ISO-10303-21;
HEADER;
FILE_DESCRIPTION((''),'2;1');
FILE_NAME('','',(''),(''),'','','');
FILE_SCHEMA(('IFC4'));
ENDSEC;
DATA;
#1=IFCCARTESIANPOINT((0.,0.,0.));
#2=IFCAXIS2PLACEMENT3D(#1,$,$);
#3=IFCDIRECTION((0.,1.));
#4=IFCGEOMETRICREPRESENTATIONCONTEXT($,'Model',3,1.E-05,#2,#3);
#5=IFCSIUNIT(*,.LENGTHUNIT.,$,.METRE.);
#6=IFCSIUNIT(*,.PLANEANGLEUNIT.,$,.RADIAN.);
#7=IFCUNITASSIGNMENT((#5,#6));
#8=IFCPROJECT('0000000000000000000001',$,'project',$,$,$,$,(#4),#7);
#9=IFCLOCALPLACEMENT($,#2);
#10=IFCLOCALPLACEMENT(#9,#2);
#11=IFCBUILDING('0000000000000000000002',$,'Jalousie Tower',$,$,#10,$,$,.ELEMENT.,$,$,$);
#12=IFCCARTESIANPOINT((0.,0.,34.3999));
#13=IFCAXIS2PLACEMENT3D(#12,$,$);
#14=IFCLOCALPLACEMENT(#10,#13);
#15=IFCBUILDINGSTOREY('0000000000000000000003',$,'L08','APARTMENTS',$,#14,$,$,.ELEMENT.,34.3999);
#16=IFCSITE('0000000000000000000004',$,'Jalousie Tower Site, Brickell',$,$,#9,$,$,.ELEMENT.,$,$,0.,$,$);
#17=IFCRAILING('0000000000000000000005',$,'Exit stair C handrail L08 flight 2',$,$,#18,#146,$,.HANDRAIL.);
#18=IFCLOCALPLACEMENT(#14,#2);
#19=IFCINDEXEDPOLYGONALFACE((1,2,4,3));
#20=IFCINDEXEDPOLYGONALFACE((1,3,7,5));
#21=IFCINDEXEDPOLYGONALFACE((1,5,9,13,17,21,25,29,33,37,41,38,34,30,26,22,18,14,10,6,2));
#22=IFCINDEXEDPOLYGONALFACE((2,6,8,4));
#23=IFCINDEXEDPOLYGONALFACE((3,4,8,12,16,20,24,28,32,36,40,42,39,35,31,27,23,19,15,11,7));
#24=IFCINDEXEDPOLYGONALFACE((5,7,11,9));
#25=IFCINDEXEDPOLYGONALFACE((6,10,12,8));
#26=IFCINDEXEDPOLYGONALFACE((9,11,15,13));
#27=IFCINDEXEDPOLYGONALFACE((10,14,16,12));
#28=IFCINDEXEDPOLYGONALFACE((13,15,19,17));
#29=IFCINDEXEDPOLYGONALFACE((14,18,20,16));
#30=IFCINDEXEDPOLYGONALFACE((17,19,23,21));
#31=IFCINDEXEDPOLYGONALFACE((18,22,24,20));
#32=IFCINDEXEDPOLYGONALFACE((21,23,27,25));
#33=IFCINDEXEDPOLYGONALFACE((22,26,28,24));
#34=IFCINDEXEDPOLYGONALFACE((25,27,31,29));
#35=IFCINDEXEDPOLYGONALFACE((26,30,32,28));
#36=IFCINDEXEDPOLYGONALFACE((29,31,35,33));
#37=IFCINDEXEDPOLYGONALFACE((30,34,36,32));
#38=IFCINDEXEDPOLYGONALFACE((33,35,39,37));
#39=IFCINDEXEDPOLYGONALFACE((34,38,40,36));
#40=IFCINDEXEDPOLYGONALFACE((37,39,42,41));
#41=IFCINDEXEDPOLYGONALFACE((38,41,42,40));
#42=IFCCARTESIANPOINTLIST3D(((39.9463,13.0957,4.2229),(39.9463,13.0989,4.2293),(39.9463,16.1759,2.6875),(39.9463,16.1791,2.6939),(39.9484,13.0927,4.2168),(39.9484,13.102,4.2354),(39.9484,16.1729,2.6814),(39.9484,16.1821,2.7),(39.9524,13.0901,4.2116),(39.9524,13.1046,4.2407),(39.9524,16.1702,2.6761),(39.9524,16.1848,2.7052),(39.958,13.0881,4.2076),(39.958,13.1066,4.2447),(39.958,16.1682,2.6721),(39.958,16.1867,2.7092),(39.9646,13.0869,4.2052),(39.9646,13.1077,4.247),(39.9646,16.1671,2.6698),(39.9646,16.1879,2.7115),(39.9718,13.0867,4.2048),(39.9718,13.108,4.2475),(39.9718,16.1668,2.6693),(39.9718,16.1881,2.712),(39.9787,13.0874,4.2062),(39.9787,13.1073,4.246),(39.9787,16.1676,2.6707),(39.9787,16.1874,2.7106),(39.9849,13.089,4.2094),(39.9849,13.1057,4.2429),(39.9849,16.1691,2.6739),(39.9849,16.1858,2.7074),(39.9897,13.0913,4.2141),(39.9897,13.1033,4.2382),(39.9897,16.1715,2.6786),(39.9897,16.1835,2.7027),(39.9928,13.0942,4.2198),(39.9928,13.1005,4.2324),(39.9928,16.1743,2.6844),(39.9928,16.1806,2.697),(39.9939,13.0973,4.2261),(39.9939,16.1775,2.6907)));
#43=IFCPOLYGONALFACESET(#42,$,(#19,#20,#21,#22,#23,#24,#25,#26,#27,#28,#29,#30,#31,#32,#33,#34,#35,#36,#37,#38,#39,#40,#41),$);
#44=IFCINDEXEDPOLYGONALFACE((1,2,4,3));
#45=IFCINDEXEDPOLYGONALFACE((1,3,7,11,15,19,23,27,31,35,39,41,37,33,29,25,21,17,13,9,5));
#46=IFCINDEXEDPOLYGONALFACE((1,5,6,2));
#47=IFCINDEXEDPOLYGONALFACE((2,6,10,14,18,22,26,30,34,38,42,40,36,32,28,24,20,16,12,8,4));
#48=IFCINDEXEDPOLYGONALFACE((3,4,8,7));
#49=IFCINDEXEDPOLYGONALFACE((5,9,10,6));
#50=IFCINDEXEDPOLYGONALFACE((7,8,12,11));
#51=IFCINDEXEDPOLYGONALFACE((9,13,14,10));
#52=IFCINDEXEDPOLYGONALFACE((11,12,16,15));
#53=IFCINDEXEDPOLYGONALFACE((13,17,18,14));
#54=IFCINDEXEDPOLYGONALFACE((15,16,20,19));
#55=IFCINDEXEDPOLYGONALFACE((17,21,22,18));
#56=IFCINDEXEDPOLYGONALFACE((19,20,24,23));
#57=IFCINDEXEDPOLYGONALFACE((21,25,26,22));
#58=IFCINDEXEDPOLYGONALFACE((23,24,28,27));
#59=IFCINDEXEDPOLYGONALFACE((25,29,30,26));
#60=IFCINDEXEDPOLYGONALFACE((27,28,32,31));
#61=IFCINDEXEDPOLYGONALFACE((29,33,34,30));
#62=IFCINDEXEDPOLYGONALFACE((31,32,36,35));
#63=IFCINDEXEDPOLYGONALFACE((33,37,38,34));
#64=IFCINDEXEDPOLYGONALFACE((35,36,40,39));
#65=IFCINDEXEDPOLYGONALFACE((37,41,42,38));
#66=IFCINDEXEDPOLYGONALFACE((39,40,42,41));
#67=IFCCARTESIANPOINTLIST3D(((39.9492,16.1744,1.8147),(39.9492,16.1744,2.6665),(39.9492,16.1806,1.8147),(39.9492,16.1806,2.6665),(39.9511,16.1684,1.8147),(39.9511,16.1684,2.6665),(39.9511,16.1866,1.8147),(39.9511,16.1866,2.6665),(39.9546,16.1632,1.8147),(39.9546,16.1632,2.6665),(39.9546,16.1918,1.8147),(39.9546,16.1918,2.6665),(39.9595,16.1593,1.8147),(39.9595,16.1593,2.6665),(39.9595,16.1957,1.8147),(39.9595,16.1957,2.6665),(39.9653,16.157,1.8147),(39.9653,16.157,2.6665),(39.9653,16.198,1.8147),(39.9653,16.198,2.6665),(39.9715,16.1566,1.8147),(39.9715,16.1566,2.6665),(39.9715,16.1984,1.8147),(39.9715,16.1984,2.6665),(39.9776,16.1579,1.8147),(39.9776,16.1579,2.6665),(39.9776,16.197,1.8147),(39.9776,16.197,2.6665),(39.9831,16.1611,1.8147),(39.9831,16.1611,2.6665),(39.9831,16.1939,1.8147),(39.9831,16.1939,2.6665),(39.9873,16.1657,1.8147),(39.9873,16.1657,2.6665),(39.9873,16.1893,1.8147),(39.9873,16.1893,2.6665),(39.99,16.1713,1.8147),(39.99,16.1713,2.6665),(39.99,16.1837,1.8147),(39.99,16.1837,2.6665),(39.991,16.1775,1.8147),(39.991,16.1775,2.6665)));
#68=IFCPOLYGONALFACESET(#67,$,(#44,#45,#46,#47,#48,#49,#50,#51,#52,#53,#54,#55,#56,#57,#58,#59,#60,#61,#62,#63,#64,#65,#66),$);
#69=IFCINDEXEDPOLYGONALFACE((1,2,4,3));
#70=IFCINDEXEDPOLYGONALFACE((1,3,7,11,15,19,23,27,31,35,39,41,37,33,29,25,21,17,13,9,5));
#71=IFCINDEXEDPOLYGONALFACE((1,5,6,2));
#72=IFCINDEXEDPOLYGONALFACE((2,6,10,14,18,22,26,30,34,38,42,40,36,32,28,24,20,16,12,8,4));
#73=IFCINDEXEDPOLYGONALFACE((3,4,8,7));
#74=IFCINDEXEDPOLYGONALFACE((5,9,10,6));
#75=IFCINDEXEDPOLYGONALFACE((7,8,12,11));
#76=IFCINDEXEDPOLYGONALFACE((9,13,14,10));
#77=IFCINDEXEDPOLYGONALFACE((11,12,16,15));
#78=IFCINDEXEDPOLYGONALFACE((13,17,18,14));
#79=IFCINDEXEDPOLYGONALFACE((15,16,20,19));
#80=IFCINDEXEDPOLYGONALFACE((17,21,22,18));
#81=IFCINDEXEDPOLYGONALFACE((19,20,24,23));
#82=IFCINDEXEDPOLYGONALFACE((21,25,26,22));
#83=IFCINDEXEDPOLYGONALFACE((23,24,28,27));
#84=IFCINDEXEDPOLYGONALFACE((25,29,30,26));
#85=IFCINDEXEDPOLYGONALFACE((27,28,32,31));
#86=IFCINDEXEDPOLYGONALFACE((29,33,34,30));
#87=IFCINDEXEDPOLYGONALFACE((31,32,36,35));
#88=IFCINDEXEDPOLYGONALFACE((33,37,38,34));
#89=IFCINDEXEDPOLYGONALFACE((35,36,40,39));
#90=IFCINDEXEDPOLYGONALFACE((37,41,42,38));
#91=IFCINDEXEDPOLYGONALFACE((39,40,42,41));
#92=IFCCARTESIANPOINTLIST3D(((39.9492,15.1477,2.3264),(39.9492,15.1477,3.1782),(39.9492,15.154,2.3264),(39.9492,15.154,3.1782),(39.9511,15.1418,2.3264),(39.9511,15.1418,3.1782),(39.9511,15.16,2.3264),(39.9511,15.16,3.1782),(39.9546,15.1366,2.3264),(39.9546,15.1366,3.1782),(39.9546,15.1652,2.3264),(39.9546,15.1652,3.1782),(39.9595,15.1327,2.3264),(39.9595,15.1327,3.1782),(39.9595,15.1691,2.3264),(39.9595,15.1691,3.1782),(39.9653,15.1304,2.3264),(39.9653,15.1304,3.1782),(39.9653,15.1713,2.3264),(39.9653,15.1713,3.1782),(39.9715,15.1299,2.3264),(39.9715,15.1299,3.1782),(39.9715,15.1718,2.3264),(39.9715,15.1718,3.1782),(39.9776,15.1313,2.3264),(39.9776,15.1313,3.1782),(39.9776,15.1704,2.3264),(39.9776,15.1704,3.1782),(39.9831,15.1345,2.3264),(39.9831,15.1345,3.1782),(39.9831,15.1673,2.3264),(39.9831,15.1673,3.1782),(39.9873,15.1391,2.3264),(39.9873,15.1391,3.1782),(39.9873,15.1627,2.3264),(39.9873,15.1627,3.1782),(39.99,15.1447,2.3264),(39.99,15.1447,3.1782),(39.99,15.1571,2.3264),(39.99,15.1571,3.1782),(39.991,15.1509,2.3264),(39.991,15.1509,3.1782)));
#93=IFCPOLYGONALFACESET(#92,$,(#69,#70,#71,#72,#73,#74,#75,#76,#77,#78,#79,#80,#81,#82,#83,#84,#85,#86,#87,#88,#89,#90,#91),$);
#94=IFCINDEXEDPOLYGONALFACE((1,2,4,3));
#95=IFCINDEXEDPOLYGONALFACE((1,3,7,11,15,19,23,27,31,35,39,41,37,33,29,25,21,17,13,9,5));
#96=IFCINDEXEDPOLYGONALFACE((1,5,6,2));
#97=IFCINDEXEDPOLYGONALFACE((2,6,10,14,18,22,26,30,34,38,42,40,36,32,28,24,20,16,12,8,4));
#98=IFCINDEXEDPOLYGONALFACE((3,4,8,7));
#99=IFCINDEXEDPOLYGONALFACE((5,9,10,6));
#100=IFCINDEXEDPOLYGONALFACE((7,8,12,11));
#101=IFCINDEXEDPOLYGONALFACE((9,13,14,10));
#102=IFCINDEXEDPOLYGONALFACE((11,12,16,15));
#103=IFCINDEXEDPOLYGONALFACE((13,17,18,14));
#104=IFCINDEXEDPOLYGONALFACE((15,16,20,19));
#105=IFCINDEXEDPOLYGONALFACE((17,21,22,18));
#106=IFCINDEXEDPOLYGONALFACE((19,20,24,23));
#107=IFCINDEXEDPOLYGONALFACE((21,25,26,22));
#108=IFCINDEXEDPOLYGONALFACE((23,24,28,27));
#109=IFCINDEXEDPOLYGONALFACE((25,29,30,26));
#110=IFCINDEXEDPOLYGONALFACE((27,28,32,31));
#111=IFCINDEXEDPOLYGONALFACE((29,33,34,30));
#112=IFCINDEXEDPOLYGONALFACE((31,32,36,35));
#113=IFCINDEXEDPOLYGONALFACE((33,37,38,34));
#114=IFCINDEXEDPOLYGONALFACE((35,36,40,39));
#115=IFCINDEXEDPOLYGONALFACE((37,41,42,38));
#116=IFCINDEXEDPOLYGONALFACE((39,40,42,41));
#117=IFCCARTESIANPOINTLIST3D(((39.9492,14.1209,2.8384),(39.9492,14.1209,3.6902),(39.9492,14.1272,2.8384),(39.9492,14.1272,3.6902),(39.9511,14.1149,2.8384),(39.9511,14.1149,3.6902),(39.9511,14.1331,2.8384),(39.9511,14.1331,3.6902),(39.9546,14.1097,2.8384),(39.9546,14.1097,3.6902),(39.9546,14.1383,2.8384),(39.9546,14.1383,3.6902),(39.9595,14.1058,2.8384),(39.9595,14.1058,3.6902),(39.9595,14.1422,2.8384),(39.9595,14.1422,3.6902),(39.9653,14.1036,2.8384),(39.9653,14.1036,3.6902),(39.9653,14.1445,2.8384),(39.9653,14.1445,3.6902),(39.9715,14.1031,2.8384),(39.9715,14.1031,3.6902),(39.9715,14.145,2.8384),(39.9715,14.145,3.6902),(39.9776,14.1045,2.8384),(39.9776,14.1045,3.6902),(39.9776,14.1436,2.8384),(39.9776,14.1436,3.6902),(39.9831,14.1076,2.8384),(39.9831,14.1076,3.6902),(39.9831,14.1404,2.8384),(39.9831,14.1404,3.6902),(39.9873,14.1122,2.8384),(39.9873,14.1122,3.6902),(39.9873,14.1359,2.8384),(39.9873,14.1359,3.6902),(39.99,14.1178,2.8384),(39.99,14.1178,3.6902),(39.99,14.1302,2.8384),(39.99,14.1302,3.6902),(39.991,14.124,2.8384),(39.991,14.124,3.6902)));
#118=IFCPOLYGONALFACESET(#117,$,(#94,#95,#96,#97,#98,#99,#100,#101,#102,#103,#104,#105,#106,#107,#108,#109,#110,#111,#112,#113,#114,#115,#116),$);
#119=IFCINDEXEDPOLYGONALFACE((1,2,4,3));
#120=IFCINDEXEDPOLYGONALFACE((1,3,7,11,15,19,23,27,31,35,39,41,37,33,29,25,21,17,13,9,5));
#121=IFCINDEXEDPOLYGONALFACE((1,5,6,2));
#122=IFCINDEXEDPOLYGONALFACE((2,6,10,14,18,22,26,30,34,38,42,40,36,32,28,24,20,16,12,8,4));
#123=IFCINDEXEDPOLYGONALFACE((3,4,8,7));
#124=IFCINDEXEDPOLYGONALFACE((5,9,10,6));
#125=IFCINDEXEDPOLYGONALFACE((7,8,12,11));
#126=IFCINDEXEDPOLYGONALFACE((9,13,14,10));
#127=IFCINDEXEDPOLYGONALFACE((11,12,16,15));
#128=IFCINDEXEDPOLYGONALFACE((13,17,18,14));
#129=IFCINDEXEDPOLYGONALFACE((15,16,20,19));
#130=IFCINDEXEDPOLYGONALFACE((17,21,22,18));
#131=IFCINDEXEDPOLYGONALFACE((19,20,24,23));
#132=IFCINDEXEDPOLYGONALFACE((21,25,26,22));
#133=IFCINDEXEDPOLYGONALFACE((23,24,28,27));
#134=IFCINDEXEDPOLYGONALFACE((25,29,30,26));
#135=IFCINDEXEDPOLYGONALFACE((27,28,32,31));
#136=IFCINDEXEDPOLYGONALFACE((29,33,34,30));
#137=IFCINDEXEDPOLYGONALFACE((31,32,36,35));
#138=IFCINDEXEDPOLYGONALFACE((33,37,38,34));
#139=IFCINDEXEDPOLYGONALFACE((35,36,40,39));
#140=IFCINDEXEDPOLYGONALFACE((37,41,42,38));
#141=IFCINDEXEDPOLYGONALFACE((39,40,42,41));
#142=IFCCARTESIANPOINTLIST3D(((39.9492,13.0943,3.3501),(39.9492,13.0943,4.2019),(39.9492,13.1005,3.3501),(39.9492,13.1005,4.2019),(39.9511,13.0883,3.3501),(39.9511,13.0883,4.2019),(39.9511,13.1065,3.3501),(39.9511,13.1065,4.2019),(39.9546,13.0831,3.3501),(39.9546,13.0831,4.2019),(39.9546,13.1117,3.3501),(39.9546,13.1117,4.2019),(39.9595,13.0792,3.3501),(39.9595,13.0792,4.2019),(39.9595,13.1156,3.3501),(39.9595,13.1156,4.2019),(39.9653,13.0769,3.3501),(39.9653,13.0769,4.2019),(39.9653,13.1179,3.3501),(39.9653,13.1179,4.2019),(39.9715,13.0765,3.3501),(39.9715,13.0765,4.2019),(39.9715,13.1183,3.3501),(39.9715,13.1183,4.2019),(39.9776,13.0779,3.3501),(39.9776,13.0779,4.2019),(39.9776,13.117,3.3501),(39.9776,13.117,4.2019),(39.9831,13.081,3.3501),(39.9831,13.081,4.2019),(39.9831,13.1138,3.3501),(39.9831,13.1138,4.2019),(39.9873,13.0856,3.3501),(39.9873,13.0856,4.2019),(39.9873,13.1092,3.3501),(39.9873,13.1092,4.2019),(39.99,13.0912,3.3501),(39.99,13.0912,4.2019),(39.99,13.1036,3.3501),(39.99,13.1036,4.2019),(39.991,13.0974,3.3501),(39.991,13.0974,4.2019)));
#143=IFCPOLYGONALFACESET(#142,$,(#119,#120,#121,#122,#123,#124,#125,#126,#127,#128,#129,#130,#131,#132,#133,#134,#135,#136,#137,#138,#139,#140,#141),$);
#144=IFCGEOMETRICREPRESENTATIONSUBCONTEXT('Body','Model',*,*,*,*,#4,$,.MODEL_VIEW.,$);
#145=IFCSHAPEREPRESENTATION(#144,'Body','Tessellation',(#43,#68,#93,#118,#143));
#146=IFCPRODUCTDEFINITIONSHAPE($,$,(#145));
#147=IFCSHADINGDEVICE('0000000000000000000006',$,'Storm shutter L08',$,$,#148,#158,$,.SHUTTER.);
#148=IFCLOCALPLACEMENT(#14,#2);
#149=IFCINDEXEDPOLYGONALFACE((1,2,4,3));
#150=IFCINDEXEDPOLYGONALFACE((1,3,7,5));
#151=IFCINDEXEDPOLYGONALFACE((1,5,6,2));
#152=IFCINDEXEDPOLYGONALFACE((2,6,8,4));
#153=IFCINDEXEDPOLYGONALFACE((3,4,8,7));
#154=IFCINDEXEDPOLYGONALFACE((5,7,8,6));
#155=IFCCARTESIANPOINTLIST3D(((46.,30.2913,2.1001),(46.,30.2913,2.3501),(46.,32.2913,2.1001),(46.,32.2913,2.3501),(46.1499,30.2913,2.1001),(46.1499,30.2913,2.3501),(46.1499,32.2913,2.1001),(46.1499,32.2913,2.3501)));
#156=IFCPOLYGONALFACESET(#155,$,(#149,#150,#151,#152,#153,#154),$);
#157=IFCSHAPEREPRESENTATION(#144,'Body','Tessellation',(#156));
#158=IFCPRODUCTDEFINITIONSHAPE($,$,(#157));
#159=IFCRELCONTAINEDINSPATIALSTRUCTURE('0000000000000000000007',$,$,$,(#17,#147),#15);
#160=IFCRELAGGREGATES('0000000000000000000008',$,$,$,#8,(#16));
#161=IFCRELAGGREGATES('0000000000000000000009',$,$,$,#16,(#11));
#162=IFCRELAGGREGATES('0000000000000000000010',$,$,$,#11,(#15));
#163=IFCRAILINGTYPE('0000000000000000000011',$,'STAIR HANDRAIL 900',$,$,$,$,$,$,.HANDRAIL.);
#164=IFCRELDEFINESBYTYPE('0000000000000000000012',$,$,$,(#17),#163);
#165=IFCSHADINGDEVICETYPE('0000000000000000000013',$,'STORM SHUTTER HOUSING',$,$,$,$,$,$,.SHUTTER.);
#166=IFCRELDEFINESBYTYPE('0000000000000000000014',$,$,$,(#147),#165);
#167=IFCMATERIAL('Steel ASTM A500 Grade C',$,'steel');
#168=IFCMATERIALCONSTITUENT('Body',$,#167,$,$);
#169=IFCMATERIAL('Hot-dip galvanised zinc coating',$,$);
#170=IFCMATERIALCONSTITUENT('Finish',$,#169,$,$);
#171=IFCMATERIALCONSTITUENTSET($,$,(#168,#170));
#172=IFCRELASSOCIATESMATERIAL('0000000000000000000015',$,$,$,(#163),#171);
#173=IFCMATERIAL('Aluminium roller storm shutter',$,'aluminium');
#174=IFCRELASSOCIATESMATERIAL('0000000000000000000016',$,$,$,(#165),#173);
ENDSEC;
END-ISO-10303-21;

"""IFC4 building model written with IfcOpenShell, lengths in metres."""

from ifc_helpers import new_model, si_unit, direction, frame, origin, origin_2d, place, context, subcontext, project, spatial, rectangle, circle, extrude, material, constituent, constituent_set, type_object, element, save


model = new_model("IFC4")

# Units and contexts
model_context = context("Model", 3, precision=1e-05, world=origin(), true_north=direction((0.0, 1.0)))
body_context = subcontext(model_context, "Body", "Model", "MODEL_VIEW")
ifc_project = project(units=[si_unit("LENGTHUNIT", "METRE"), si_unit("PLANEANGLEUNIT", "RADIAN")], contexts=[model_context])

# Site, building, storey
site_placement = place(None, origin())
site = spatial("IfcSite", under=ifc_project, at=site_placement, Name="Jalousie Tower Site, Brickell", CompositionType="ELEMENT", RefElevation=0.0)
building_placement = place(site_placement, origin())
building = spatial("IfcBuilding", under=site, at=building_placement, Name="Jalousie Tower", CompositionType="ELEMENT")
storey_placement = place(building_placement, frame((0.0, 0.0, 34.3999)))
storey = spatial("IfcBuildingStorey", under=building, at=storey_placement, Name="L08", Description="APARTMENTS", CompositionType="ELEMENT", Elevation=34.3999)

# Railing
ifc_material_1 = material(Name="Steel ASTM A500 Grade C", Category="steel")
ifc_constituent_1 = constituent(ifc_material_1, Name="Body")
ifc_material_2 = material(Name="Hot-dip galvanised zinc coating")
ifc_constituent_2 = constituent(ifc_material_2, Name="Finish")
ifc_constituent_set_1 = constituent_set(constituents=[ifc_constituent_1, ifc_constituent_2])
railing_type_1 = type_object("IfcRailingType", Name="STAIR HANDRAIL 900", PredefinedType="HANDRAIL", material=ifc_constituent_set_1)
railing_1_placement = place(storey_placement, frame((39.97, 16.1775, 1.8147)))
element("IfcRailing", 1, at=railing_1_placement, inside=storey, type_object=railing_type_1, Name="Exit stair C handrail L08 flight 2", PredefinedType="HANDRAIL", context=body_context, shape_type="SweptSolid", body=[
    extrude(circle(Radius=0.0239, at=origin_2d()), frame((0.0, 0.0, 0.876), z_axis=(0.0, -0.894966, 0.446135), x_axis=(1.0, 0.0, 0.0)), (0.0, 0.0, 1.0), 3.4417),
    extrude(circle(Radius=0.021, at=origin_2d()), origin(), (0.0, 0.0, 1.0), 0.8518),
    extrude(circle(Radius=0.021, at=origin_2d()), frame((0.0, -1.0266, 0.5117)), (0.0, 0.0, 1.0), 0.8518),
    extrude(circle(Radius=0.021, at=origin_2d()), frame((0.0, -2.0535, 1.0237)), (0.0, 0.0, 1.0), 0.8518),
    extrude(circle(Radius=0.021, at=origin_2d()), frame((0.0, -3.0801, 1.5354)), (0.0, 0.0, 1.0), 0.8518),
])

# Shading device
ifc_material_3 = material(Name="Aluminium roller storm shutter", Category="aluminium")
shading_device_type = type_object("IfcShadingDeviceType", Name="STORM SHUTTER HOUSING", PredefinedType="SHUTTER", material=ifc_material_3)
shading_device_placement = place(storey_placement, frame((46.075, 31.2913, 2.1001), z_axis=(0.0, 0.0, 1.0), x_axis=(0.0, 1.0, 0.0)))
element("IfcShadingDevice", 2, at=shading_device_placement, inside=storey, type_object=shading_device_type, Name="Storm shutter L08", PredefinedType="SHUTTER", context=body_context, shape_type="SweptSolid", body=[
    extrude(rectangle(XDim=2.0, YDim=0.1499, at=origin_2d()), origin(), (0.0, 0.0, 1.0), 0.25),
])

save(model, "model.ifc")
